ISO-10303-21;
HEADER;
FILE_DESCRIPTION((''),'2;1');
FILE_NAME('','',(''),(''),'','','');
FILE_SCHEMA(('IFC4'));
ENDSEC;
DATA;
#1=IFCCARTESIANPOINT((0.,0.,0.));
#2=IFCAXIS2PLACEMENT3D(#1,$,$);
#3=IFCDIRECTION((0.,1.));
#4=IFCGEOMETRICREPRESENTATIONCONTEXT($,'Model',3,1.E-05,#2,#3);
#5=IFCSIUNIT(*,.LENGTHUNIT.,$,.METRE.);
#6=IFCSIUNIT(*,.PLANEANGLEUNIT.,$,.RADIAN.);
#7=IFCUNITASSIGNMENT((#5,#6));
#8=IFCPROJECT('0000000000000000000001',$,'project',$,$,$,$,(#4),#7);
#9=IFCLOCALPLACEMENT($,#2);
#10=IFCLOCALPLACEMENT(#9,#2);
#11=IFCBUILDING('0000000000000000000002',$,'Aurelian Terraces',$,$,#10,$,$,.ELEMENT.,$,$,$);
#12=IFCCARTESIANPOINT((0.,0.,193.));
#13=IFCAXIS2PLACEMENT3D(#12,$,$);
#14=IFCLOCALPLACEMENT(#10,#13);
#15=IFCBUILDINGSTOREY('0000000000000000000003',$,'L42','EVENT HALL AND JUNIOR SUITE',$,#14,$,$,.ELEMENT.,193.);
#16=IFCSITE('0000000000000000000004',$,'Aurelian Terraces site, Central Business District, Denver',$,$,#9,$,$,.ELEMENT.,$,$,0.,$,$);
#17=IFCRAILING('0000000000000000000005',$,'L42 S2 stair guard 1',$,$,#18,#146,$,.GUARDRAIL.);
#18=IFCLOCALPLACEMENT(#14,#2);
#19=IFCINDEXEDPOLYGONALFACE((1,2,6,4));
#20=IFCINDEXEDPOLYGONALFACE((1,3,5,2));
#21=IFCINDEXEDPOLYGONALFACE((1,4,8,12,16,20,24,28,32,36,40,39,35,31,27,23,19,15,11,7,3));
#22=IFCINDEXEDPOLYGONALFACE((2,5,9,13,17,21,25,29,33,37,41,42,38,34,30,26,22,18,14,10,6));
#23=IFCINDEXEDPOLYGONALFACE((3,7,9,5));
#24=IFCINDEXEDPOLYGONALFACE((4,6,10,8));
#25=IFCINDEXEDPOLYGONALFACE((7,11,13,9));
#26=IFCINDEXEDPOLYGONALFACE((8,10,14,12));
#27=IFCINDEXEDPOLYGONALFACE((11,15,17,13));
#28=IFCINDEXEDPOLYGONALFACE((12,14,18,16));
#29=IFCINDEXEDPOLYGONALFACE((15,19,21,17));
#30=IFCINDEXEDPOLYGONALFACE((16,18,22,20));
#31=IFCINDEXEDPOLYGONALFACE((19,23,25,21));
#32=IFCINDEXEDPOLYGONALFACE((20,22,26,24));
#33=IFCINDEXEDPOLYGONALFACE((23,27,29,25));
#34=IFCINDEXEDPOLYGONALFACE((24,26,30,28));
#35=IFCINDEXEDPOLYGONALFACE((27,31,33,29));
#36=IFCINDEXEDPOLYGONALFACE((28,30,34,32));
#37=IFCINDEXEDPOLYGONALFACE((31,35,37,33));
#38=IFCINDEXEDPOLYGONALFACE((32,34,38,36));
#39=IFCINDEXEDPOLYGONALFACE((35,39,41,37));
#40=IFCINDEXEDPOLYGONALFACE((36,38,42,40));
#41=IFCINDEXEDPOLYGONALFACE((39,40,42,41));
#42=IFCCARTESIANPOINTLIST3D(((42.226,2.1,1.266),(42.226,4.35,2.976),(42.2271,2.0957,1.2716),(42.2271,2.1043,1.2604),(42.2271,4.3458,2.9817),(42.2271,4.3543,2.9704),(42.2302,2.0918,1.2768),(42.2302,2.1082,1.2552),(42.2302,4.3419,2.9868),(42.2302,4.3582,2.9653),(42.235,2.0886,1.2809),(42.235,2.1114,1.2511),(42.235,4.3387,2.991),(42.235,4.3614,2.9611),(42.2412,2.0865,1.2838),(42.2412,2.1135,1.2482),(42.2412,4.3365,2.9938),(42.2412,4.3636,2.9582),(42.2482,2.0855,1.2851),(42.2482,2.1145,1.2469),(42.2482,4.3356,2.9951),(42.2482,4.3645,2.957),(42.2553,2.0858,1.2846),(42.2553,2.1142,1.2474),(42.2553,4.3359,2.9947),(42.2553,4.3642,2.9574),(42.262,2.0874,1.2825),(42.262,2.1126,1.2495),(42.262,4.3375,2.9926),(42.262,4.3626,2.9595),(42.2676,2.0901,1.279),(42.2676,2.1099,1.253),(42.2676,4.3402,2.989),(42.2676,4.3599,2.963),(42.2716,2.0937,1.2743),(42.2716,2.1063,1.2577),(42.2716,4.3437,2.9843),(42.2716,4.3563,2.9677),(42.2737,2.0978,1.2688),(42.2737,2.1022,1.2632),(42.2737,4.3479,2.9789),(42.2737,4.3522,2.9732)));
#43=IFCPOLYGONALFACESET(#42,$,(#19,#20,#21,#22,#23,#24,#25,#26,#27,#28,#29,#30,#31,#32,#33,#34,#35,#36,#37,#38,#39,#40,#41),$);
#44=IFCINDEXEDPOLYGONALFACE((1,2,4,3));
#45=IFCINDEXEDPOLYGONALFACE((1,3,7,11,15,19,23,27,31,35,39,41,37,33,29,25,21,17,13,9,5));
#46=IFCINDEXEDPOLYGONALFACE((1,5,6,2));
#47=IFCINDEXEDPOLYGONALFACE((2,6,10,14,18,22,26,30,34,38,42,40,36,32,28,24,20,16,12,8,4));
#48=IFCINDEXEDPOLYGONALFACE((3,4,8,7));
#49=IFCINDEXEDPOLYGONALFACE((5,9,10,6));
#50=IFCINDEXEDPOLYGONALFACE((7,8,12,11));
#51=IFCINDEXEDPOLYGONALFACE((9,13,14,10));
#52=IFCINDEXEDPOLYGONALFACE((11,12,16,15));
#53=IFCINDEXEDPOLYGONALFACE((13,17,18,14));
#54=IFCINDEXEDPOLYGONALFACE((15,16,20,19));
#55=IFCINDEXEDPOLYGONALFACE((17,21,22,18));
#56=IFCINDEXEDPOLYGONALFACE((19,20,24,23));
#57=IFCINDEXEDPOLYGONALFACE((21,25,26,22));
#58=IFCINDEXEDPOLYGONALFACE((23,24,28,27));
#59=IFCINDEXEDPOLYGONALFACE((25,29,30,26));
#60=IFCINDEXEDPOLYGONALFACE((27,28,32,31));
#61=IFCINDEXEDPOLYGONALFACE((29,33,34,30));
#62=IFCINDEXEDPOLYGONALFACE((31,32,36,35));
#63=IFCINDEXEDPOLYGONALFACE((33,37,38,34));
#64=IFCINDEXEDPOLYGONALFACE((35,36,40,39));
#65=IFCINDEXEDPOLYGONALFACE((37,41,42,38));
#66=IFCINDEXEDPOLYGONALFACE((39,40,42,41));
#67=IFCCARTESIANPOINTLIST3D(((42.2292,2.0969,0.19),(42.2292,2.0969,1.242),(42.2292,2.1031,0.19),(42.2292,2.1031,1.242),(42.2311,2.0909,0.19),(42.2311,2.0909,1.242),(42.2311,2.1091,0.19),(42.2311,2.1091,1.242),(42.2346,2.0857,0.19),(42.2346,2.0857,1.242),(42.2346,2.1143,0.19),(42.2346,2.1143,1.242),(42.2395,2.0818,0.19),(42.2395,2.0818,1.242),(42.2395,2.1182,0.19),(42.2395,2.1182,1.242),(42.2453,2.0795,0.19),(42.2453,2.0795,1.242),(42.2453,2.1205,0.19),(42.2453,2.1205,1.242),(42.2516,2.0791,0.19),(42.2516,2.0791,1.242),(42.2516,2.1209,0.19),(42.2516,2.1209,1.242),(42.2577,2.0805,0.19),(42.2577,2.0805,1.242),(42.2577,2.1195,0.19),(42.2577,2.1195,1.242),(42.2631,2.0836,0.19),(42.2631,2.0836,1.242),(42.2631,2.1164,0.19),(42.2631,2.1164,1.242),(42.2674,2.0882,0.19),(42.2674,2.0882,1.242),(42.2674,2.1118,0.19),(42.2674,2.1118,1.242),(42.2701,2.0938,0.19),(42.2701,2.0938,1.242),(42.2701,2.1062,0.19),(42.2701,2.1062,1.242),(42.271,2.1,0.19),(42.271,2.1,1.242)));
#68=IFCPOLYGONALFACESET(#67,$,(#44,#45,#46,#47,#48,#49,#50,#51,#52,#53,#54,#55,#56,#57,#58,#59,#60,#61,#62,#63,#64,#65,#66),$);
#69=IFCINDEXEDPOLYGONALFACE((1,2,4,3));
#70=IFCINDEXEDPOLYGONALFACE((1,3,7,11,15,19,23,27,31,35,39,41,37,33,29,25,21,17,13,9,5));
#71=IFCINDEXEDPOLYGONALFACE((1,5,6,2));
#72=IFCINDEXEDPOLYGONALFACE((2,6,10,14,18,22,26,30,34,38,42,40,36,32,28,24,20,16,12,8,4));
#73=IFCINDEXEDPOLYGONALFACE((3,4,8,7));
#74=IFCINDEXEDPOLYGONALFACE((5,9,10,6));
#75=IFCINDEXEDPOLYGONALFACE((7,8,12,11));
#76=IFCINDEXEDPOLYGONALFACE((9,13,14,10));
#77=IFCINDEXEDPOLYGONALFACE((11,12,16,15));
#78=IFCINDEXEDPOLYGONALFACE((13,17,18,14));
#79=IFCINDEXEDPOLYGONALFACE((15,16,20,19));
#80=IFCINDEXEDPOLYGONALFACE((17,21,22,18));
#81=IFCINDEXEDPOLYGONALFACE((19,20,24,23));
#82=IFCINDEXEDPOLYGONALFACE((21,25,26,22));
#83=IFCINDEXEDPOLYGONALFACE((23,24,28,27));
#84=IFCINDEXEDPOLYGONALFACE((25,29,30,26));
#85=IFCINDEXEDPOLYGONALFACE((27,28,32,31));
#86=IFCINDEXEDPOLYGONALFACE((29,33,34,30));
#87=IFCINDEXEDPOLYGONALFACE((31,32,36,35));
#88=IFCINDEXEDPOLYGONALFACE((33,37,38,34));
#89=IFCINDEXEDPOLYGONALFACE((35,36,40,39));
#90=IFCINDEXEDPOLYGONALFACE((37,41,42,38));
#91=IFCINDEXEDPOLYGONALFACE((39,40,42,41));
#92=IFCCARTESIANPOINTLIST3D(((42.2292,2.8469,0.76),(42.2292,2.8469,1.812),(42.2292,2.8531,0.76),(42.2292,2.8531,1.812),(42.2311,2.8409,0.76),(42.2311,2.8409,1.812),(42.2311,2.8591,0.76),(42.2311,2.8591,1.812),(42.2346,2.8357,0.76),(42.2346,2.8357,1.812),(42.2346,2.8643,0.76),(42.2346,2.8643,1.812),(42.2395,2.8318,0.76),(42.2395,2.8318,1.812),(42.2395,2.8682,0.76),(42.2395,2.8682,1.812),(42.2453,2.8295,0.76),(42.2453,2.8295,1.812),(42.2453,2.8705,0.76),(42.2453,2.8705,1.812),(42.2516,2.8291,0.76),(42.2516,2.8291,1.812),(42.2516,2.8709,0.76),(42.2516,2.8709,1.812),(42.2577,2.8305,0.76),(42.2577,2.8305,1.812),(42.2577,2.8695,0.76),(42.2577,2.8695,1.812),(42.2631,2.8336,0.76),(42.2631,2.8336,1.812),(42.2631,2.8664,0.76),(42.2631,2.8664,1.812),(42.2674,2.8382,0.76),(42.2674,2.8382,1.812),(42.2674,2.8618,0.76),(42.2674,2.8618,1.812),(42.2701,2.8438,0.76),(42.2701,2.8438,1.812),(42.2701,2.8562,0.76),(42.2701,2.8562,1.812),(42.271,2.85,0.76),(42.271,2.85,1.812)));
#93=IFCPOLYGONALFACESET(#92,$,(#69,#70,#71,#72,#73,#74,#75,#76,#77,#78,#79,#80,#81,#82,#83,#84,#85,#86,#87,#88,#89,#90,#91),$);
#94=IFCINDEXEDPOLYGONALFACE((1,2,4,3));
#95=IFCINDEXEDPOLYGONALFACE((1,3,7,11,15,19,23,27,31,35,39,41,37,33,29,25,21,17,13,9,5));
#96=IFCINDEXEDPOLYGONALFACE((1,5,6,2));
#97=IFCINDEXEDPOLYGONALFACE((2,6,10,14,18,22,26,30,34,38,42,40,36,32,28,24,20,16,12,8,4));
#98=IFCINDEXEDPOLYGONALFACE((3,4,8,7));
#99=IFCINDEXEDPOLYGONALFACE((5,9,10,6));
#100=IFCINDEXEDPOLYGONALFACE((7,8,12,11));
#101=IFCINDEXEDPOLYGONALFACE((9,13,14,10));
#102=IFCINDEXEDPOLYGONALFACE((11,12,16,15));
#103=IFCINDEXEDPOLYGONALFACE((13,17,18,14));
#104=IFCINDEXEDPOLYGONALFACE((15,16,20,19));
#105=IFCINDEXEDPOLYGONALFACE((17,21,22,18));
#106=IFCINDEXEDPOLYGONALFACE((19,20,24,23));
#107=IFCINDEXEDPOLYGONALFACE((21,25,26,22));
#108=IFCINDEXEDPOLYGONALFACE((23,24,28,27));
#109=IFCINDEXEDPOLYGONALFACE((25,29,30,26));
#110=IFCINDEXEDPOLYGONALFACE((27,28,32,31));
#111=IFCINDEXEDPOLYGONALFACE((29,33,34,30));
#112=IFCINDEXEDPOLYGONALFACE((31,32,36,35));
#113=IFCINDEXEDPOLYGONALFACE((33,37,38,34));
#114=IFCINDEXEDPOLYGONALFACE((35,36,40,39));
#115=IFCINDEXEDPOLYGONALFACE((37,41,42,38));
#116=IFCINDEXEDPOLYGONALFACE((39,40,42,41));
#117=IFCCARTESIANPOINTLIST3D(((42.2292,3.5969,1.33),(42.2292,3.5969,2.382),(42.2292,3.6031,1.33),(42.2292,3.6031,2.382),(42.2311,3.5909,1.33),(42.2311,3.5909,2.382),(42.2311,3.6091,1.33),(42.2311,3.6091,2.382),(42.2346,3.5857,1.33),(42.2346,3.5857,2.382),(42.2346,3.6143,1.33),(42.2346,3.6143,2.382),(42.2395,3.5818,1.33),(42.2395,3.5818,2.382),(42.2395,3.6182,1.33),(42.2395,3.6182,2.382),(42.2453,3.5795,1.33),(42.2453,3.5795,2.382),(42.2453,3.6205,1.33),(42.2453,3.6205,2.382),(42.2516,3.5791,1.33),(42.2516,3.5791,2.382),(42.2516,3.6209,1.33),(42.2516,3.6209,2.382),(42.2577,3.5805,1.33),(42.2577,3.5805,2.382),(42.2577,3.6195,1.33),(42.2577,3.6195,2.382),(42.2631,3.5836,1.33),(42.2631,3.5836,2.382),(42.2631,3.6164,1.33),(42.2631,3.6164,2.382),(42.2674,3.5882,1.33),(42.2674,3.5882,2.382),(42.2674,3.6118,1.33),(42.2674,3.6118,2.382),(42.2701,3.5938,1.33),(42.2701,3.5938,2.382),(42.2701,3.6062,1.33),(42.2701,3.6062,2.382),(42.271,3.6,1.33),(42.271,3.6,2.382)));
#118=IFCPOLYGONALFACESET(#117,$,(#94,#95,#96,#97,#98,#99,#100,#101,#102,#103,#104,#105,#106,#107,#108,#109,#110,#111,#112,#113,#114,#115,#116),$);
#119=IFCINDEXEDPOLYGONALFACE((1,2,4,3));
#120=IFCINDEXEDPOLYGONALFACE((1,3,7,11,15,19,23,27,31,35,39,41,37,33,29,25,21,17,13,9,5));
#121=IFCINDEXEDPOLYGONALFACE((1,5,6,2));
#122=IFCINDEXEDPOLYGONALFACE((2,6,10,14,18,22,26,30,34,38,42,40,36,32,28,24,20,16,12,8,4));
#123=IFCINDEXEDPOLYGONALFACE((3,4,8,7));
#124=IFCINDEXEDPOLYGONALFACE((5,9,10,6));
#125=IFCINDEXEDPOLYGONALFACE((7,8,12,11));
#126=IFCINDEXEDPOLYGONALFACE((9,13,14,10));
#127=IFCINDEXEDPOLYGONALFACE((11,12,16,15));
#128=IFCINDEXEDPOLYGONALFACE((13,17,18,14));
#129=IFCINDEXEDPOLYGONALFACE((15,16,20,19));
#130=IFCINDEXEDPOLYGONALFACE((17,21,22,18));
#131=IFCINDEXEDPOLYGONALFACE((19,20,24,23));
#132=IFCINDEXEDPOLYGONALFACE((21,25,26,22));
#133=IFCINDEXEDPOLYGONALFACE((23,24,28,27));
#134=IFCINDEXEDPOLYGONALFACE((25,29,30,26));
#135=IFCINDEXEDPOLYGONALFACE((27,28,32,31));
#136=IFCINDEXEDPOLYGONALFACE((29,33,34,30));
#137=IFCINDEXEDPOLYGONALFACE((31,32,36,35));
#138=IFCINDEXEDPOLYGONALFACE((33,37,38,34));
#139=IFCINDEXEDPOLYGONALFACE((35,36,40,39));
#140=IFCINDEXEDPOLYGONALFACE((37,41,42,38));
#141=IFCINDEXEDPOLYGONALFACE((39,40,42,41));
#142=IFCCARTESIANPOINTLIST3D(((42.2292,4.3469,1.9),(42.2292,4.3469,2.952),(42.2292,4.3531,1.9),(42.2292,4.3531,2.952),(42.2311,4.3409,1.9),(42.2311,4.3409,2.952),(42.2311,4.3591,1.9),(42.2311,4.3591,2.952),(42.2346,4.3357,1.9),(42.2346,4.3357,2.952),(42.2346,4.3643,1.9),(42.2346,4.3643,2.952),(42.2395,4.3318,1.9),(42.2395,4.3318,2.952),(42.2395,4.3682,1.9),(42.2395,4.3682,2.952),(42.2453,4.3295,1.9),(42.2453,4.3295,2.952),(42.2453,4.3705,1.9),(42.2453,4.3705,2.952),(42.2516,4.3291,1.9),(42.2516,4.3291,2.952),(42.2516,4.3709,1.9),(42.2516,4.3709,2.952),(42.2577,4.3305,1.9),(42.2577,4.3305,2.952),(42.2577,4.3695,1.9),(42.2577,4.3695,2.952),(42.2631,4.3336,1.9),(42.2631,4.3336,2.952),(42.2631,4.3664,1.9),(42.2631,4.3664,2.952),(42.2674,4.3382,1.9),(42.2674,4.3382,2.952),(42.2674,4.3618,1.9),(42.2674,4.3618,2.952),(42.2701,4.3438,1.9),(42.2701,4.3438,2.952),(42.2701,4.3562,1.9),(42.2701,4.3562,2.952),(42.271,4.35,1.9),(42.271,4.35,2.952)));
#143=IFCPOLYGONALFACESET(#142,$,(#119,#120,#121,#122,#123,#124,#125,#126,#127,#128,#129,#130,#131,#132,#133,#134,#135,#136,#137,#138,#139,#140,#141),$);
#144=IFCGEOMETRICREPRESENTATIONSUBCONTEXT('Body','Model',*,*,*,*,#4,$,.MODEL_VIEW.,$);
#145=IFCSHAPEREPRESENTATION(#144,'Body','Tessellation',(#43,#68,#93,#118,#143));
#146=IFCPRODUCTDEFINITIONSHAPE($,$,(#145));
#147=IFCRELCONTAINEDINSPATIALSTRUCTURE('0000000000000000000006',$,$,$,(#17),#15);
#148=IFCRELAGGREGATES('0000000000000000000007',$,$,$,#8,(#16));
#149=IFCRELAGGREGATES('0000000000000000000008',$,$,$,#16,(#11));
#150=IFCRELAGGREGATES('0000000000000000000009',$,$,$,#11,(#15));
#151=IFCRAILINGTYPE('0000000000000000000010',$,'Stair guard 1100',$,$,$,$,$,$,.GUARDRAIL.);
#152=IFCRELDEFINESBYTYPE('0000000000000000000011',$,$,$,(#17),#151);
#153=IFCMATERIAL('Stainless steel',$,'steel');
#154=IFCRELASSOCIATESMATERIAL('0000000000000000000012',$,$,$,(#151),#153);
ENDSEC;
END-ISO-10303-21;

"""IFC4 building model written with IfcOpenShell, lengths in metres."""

from ifc_helpers import new_model, si_unit, direction, frame, origin, origin_2d, place, context, subcontext, project, spatial, circle, extrude, source, transform, mapped, material, type_object, element, save


model = new_model("IFC4")

# Units and contexts
model_context = context("Model", 3, precision=1e-05, world=origin(), true_north=direction((0.0, 1.0)))
body_context = subcontext(model_context, "Body", "Model", "MODEL_VIEW")
ifc_project = project(units=[si_unit("LENGTHUNIT", "METRE"), si_unit("PLANEANGLEUNIT", "RADIAN")], contexts=[model_context])

# Site, building, storey
site_placement = place(None, origin())
site = spatial("IfcSite", under=ifc_project, at=site_placement, Name="Aurelian Terraces site, Central Business District, Denver", CompositionType="ELEMENT", RefElevation=0.0)
building_placement = place(site_placement, origin())
building = spatial("IfcBuilding", under=site, at=building_placement, Name="Aurelian Terraces", CompositionType="ELEMENT")
storey_placement = place(building_placement, frame((0.0, 0.0, 193.0)))
storey = spatial("IfcBuildingStorey", under=building, at=storey_placement, Name="L42", Description="EVENT HALL AND JUNIOR SUITE", CompositionType="ELEMENT", Elevation=193.0)

# Railing
ifc_material_1 = material(Name="Stainless steel", Category="steel")
railing_type_1 = type_object("IfcRailingType", Name="Stair guard 1100", PredefinedType="GUARDRAIL", material=ifc_material_1)
shared_shape_1 = source(origin(), body_context, "Body", "SweptSolid", [
    extrude(circle(Radius=0.024, at=origin_2d()), frame((0.0, 0.0, 1.076), z_axis=(0.0, 0.796162, 0.605083), x_axis=(-1.0, 0.0, 0.0)), (0.0, 0.0, 1.0), 2.8261),
    extrude(circle(Radius=0.021, at=origin_2d()), origin(), (0.0, 0.0, 1.0), 1.052),
    extrude(circle(Radius=0.021, at=origin_2d()), frame((0.0, 0.75, 0.57)), (0.0, 0.0, 1.0), 1.052),
    extrude(circle(Radius=0.021, at=origin_2d()), frame((0.0, 1.5, 1.14)), (0.0, 0.0, 1.0), 1.052),
    extrude(circle(Radius=0.021, at=origin_2d()), frame((0.0, 2.25, 1.71)), (0.0, 0.0, 1.0), 1.052),
])
railing_1_placement = place(storey_placement, frame((42.25, 2.1, 0.19)))
element("IfcRailing", 1, at=railing_1_placement, inside=storey, type_object=railing_type_1, Name="L42 S2 stair guard 1", PredefinedType="GUARDRAIL", context=body_context, shape_type="MappedRepresentation", body=[
    mapped(shared_shape_1, transform((0.0, 0.0, 0.0), scale=1.0)),
])

save(model, "model.ifc")
